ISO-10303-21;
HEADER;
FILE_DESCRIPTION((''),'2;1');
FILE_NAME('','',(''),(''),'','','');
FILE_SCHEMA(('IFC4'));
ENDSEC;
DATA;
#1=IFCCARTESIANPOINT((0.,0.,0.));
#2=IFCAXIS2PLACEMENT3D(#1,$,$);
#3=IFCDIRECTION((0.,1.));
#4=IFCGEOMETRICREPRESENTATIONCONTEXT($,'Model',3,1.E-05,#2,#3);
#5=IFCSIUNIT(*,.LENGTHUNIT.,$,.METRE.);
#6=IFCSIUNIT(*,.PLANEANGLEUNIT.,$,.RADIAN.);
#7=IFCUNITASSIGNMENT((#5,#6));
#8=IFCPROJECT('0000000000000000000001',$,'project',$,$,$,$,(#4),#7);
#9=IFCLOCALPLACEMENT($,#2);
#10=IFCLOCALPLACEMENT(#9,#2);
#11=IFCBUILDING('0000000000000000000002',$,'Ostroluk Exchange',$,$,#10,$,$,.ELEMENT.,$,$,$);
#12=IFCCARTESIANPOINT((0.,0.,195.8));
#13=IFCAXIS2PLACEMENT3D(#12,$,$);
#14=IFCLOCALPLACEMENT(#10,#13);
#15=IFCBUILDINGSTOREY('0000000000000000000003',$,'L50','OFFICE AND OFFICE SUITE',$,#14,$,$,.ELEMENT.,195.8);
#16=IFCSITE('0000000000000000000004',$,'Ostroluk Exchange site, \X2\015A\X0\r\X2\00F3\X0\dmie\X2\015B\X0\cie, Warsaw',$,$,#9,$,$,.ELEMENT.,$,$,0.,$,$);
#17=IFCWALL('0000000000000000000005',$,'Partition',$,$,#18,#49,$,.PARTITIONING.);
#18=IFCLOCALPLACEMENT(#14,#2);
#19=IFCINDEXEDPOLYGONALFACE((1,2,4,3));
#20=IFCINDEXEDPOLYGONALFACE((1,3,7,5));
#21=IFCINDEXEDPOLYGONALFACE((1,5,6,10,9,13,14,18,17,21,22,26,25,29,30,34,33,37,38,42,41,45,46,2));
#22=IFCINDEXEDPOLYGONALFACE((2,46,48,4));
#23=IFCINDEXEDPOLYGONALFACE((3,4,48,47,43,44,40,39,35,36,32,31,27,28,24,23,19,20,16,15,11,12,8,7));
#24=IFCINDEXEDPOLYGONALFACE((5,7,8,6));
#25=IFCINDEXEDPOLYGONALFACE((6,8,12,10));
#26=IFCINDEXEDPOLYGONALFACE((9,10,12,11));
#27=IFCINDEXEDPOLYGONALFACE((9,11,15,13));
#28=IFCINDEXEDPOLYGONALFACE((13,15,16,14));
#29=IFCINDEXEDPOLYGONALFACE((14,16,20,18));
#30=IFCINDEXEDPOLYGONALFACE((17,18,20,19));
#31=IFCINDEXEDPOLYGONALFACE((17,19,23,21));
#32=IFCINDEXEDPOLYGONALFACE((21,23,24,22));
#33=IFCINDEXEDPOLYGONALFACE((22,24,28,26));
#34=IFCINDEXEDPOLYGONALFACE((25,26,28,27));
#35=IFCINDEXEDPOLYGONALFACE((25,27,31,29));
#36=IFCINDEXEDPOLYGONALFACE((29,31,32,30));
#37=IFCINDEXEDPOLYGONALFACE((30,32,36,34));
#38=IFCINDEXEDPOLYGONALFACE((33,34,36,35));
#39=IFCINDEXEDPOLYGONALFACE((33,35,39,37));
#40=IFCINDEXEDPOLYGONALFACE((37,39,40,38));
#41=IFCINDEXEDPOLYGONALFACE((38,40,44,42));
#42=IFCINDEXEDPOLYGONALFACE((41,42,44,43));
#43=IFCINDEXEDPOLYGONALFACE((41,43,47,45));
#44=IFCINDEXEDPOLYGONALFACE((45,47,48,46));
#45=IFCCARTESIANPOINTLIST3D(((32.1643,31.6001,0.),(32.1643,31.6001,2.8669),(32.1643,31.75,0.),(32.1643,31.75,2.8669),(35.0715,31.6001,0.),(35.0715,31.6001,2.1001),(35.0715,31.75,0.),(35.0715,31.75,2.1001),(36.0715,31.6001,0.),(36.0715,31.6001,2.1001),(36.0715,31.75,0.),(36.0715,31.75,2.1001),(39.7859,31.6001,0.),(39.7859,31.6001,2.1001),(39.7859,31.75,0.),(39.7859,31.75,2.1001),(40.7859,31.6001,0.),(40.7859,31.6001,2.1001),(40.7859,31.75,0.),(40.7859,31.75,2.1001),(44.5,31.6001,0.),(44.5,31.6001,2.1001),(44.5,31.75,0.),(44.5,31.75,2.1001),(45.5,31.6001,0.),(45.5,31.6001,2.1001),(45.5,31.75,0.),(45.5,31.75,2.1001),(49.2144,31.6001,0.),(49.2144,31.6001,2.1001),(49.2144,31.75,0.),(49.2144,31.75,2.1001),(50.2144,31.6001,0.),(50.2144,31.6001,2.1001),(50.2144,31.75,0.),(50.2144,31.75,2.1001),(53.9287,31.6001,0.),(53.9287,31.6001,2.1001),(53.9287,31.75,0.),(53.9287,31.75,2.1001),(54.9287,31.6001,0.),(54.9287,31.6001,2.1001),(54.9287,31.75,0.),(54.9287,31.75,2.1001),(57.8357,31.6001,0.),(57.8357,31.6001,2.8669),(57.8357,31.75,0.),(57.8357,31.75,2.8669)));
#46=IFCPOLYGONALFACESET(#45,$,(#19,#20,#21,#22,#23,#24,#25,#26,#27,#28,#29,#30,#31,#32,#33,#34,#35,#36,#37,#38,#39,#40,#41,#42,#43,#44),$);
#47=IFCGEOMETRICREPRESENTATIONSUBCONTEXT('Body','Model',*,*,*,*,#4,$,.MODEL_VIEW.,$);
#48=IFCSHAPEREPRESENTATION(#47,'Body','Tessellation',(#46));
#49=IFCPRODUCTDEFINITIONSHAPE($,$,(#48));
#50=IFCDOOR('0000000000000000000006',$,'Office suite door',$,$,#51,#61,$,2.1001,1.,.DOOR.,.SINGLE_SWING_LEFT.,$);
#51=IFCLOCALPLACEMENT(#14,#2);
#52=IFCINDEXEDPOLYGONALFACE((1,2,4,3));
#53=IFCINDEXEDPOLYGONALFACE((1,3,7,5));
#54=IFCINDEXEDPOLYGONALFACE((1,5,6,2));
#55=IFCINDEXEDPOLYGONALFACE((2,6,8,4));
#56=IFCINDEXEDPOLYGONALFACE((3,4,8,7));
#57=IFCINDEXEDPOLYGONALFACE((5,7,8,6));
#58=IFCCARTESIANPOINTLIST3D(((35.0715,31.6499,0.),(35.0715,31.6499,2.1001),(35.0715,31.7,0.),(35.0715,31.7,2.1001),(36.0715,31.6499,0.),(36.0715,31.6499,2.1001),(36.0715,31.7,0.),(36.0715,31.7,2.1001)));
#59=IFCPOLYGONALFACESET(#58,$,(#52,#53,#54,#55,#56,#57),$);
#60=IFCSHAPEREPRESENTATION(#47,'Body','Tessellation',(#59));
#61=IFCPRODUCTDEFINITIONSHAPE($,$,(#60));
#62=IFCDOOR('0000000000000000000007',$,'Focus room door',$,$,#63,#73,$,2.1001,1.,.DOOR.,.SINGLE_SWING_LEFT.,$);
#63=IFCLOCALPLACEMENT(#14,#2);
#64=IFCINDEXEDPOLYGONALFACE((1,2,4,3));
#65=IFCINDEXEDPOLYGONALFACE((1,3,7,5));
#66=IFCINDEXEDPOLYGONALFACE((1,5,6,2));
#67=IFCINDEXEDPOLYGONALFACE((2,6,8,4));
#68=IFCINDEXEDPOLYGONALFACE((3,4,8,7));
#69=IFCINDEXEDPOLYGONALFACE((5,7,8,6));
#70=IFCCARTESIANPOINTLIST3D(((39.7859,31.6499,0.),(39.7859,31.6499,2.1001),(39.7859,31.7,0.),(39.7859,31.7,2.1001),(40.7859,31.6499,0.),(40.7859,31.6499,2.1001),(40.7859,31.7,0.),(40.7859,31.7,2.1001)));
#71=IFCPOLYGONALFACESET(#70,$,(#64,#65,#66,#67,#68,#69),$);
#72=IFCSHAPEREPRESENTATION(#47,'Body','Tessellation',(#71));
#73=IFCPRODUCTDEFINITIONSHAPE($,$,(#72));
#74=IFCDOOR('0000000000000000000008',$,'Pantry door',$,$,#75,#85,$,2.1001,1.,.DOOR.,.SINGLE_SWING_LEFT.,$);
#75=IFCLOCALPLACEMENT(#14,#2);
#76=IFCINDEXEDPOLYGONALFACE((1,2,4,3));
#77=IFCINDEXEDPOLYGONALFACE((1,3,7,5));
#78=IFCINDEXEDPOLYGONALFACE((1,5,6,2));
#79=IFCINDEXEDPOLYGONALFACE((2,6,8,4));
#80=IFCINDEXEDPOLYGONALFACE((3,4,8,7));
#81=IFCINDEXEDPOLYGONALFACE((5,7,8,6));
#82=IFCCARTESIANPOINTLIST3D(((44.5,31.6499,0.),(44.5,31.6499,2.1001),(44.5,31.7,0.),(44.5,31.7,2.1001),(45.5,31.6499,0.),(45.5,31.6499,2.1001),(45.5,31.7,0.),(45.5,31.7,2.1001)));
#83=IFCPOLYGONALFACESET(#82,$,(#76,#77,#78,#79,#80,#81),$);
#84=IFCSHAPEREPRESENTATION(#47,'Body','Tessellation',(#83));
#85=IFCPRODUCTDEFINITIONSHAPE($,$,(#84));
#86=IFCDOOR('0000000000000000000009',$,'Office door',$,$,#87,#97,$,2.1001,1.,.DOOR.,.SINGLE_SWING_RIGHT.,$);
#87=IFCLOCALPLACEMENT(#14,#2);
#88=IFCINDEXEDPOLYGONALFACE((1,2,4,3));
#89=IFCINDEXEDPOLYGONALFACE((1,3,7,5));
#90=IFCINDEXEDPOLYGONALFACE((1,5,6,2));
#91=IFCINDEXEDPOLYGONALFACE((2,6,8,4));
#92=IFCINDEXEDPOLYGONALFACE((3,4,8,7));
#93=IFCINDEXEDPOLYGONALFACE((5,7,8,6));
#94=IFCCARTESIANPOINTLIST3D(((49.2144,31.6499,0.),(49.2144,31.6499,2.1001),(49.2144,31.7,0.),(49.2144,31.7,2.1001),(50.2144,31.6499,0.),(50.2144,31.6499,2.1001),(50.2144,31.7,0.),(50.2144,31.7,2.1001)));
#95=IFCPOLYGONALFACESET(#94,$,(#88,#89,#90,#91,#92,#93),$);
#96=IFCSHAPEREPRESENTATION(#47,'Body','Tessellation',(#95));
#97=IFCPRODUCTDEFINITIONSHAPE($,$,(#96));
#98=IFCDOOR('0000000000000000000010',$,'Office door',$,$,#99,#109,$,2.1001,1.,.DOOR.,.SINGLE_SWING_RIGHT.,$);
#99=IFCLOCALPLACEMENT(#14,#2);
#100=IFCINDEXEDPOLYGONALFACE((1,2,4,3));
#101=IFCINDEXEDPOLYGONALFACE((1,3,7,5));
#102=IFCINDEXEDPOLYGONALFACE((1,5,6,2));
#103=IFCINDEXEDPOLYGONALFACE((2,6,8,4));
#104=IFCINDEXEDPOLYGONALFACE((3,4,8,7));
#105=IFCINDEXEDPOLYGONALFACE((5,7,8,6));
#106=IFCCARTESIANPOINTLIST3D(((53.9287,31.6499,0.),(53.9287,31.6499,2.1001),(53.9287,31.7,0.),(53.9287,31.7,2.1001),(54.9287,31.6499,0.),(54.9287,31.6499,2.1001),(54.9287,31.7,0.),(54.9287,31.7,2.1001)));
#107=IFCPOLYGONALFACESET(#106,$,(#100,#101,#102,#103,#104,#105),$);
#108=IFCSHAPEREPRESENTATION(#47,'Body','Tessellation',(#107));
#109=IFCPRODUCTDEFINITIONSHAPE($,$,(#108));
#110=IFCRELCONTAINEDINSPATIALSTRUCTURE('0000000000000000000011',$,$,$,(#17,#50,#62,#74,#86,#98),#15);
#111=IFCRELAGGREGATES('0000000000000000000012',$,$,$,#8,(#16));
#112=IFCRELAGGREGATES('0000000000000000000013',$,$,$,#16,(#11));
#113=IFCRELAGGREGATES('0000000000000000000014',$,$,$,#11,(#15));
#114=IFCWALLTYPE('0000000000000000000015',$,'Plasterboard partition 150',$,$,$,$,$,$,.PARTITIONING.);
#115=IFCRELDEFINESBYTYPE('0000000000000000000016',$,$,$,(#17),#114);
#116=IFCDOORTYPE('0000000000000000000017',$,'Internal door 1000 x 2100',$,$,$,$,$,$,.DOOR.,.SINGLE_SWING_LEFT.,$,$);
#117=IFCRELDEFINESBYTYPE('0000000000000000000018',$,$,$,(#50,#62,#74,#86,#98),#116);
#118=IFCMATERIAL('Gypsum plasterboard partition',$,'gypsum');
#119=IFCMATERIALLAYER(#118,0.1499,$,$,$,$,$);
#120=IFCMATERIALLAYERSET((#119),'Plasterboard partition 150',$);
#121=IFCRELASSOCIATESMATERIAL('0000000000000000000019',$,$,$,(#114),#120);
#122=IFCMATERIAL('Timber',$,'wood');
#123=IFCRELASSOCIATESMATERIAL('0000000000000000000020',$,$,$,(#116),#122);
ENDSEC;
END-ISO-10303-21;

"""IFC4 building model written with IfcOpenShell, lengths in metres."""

from ifc_helpers import new_model, si_unit, direction, frame, frame_2d, origin, place, context, subcontext, project, spatial, rectangle, extrude, material, layer, layer_set, type_object, element, fill, save


model = new_model("IFC4")

# Units and contexts
model_context = context("Model", 3, precision=1e-05, world=origin(), true_north=direction((0.0, 1.0)))
body_context = subcontext(model_context, "Body", "Model", "MODEL_VIEW")
ifc_project = project(units=[si_unit("LENGTHUNIT", "METRE"), si_unit("PLANEANGLEUNIT", "RADIAN")], contexts=[model_context])

# Site, building, storey
site_placement = place(None, origin())
site = spatial("IfcSite", under=ifc_project, at=site_placement, Name="Ostroluk Exchange site, Śródmieście, Warsaw", CompositionType="ELEMENT", RefElevation=0.0)
building_placement = place(site_placement, origin())
building = spatial("IfcBuilding", under=site, at=building_placement, Name="Ostroluk Exchange", CompositionType="ELEMENT")
storey_placement = place(building_placement, frame((0.0, 0.0, 195.8)))
storey = spatial("IfcBuildingStorey", under=building, at=storey_placement, Name="L50", Description="OFFICE AND OFFICE SUITE", CompositionType="ELEMENT", Elevation=195.8)

# Shared definitions
ifc_material_1 = material(Name="Gypsum plasterboard partition", Category="gypsum")
ifc_layer_1 = layer(ifc_material_1, 0.1499)
ifc_layer_set_1 = layer_set([ifc_layer_1], Name="Plasterboard partition 150")
wall_type_1 = type_object("IfcWallType", Name="Plasterboard partition 150", PredefinedType="PARTITIONING", material=ifc_layer_set_1)
ifc_material_2 = material(Name="Timber", Category="wood")
door_type_1 = type_object("IfcDoorType", Name="Internal door 1000 x 2100", OperationType="SINGLE_SWING_LEFT", PredefinedType="DOOR", material=ifc_material_2)

# Wall, openings, doors
wall_1_placement = place(storey_placement, frame((32.1643, 31.675, 0.0), z_axis=(0.0, 0.0, 1.0), x_axis=(1.0, 0.0, 0.0)))
wall_1 = element("IfcWall", 1, at=wall_1_placement, inside=storey, type_object=wall_type_1, Name="Partition", PredefinedType="PARTITIONING", context=body_context, shape_type="SweptSolid", body=[
    extrude(rectangle(XDim=25.6714, YDim=0.1499, at=frame_2d((12.8357, 0.0))), origin(), (0.0, 0.0, 1.0), 2.8669),
])
opening_1_placement = place(wall_1_placement, frame((2.9072, 0.0, 0.0)))
opening_1 = element("IfcOpeningElement", 2, at=opening_1_placement, cuts=wall_1, PredefinedType="OPENING", context=body_context, shape_type="SweptSolid", body=[
    extrude(rectangle(XDim=1.0, YDim=2.1001, at=frame_2d((0.5, 1.05))), frame((0.0, 0.085, 0.0), z_axis=(0.0, -1.0, 0.0), x_axis=(1.0, 0.0, 0.0)), (0.0, 0.0, 1.0), 0.1699),
])
opening_2_placement = place(wall_1_placement, frame((7.6216, 0.0, 0.0)))
opening_2 = element("IfcOpeningElement", 3, at=opening_2_placement, cuts=wall_1, PredefinedType="OPENING", context=body_context, shape_type="SweptSolid", body=[
    extrude(rectangle(XDim=1.0, YDim=2.1001, at=frame_2d((0.5, 1.05))), frame((0.0, 0.085, 0.0), z_axis=(0.0, -1.0, 0.0), x_axis=(1.0, 0.0, 0.0)), (0.0, 0.0, 1.0), 0.1699),
])
opening_3_placement = place(wall_1_placement, frame((12.3357, 0.0, 0.0)))
opening_3 = element("IfcOpeningElement", 4, at=opening_3_placement, cuts=wall_1, PredefinedType="OPENING", context=body_context, shape_type="SweptSolid", body=[
    extrude(rectangle(XDim=1.0, YDim=2.1001, at=frame_2d((0.5, 1.05))), frame((0.0, 0.085, 0.0), z_axis=(0.0, -1.0, 0.0), x_axis=(1.0, 0.0, 0.0)), (0.0, 0.0, 1.0), 0.1699),
])
opening_4_placement = place(wall_1_placement, frame((17.05, 0.0, 0.0)))
opening_4 = element("IfcOpeningElement", 5, at=opening_4_placement, cuts=wall_1, PredefinedType="OPENING", context=body_context, shape_type="SweptSolid", body=[
    extrude(rectangle(XDim=1.0, YDim=2.1001, at=frame_2d((0.5, 1.05))), frame((0.0, 0.085, 0.0), z_axis=(0.0, -1.0, 0.0), x_axis=(1.0, 0.0, 0.0)), (0.0, 0.0, 1.0), 0.1699),
])
opening_5_placement = place(wall_1_placement, frame((21.7644, 0.0, 0.0)))
opening_5 = element("IfcOpeningElement", 6, at=opening_5_placement, cuts=wall_1, PredefinedType="OPENING", context=body_context, shape_type="SweptSolid", body=[
    extrude(rectangle(XDim=1.0, YDim=2.1001, at=frame_2d((0.5, 1.05))), frame((0.0, 0.085, 0.0), z_axis=(0.0, -1.0, 0.0), x_axis=(1.0, 0.0, 0.0)), (0.0, 0.0, 1.0), 0.1699),
])
door_1_placement = place(opening_1_placement, origin())
door_1 = element("IfcDoor", 7, at=door_1_placement, inside=storey, type_object=door_type_1, Name="Office suite door", OperationType="SINGLE_SWING_LEFT", OverallHeight=2.1001, OverallWidth=1.0, PredefinedType="DOOR", context=body_context, shape_type="SweptSolid", body=[
    extrude(rectangle(XDim=1.0, YDim=2.1001, at=frame_2d((0.5, 1.05))), frame((0.0, 0.0249, 0.0), z_axis=(0.0, -1.0, 0.0), x_axis=(1.0, 0.0, 0.0)), (0.0, 0.0, 1.0), 0.05),
])
fill(opening_1, door_1)
door_2_placement = place(opening_2_placement, origin())
door_2 = element("IfcDoor", 8, at=door_2_placement, inside=storey, type_object=door_type_1, Name="Focus room door", OperationType="SINGLE_SWING_LEFT", OverallHeight=2.1001, OverallWidth=1.0, PredefinedType="DOOR", context=body_context, shape_type="SweptSolid", body=[
    extrude(rectangle(XDim=1.0, YDim=2.1001, at=frame_2d((0.5, 1.05))), frame((0.0, 0.0249, 0.0), z_axis=(0.0, -1.0, 0.0), x_axis=(1.0, 0.0, 0.0)), (0.0, 0.0, 1.0), 0.05),
])
fill(opening_2, door_2)
door_3_placement = place(opening_3_placement, origin())
door_3 = element("IfcDoor", 9, at=door_3_placement, inside=storey, type_object=door_type_1, Name="Pantry door", OperationType="SINGLE_SWING_LEFT", OverallHeight=2.1001, OverallWidth=1.0, PredefinedType="DOOR", context=body_context, shape_type="SweptSolid", body=[
    extrude(rectangle(XDim=1.0, YDim=2.1001, at=frame_2d((0.5, 1.05))), frame((0.0, 0.0249, 0.0), z_axis=(0.0, -1.0, 0.0), x_axis=(1.0, 0.0, 0.0)), (0.0, 0.0, 1.0), 0.05),
])
fill(opening_3, door_3)
door_4_placement = place(opening_4_placement, origin())
door_4 = element("IfcDoor", 10, at=door_4_placement, inside=storey, type_object=door_type_1, Name="Office door", OperationType="SINGLE_SWING_RIGHT", OverallHeight=2.1001, OverallWidth=1.0, PredefinedType="DOOR", context=body_context, shape_type="SweptSolid", body=[
    extrude(rectangle(XDim=1.0, YDim=2.1001, at=frame_2d((0.5, 1.05))), frame((0.0, 0.0249, 0.0), z_axis=(0.0, -1.0, 0.0), x_axis=(1.0, 0.0, 0.0)), (0.0, 0.0, 1.0), 0.05),
])
fill(opening_4, door_4)
door_5_placement = place(opening_5_placement, origin())
door_5 = element("IfcDoor", 11, at=door_5_placement, inside=storey, type_object=door_type_1, Name="Office door", OperationType="SINGLE_SWING_RIGHT", OverallHeight=2.1001, OverallWidth=1.0, PredefinedType="DOOR", context=body_context, shape_type="SweptSolid", body=[
    extrude(rectangle(XDim=1.0, YDim=2.1001, at=frame_2d((0.5, 1.05))), frame((0.0, 0.0249, 0.0), z_axis=(0.0, -1.0, 0.0), x_axis=(1.0, 0.0, 0.0)), (0.0, 0.0, 1.0), 0.05),
])
fill(opening_5, door_5)

save(model, "model.ifc")
